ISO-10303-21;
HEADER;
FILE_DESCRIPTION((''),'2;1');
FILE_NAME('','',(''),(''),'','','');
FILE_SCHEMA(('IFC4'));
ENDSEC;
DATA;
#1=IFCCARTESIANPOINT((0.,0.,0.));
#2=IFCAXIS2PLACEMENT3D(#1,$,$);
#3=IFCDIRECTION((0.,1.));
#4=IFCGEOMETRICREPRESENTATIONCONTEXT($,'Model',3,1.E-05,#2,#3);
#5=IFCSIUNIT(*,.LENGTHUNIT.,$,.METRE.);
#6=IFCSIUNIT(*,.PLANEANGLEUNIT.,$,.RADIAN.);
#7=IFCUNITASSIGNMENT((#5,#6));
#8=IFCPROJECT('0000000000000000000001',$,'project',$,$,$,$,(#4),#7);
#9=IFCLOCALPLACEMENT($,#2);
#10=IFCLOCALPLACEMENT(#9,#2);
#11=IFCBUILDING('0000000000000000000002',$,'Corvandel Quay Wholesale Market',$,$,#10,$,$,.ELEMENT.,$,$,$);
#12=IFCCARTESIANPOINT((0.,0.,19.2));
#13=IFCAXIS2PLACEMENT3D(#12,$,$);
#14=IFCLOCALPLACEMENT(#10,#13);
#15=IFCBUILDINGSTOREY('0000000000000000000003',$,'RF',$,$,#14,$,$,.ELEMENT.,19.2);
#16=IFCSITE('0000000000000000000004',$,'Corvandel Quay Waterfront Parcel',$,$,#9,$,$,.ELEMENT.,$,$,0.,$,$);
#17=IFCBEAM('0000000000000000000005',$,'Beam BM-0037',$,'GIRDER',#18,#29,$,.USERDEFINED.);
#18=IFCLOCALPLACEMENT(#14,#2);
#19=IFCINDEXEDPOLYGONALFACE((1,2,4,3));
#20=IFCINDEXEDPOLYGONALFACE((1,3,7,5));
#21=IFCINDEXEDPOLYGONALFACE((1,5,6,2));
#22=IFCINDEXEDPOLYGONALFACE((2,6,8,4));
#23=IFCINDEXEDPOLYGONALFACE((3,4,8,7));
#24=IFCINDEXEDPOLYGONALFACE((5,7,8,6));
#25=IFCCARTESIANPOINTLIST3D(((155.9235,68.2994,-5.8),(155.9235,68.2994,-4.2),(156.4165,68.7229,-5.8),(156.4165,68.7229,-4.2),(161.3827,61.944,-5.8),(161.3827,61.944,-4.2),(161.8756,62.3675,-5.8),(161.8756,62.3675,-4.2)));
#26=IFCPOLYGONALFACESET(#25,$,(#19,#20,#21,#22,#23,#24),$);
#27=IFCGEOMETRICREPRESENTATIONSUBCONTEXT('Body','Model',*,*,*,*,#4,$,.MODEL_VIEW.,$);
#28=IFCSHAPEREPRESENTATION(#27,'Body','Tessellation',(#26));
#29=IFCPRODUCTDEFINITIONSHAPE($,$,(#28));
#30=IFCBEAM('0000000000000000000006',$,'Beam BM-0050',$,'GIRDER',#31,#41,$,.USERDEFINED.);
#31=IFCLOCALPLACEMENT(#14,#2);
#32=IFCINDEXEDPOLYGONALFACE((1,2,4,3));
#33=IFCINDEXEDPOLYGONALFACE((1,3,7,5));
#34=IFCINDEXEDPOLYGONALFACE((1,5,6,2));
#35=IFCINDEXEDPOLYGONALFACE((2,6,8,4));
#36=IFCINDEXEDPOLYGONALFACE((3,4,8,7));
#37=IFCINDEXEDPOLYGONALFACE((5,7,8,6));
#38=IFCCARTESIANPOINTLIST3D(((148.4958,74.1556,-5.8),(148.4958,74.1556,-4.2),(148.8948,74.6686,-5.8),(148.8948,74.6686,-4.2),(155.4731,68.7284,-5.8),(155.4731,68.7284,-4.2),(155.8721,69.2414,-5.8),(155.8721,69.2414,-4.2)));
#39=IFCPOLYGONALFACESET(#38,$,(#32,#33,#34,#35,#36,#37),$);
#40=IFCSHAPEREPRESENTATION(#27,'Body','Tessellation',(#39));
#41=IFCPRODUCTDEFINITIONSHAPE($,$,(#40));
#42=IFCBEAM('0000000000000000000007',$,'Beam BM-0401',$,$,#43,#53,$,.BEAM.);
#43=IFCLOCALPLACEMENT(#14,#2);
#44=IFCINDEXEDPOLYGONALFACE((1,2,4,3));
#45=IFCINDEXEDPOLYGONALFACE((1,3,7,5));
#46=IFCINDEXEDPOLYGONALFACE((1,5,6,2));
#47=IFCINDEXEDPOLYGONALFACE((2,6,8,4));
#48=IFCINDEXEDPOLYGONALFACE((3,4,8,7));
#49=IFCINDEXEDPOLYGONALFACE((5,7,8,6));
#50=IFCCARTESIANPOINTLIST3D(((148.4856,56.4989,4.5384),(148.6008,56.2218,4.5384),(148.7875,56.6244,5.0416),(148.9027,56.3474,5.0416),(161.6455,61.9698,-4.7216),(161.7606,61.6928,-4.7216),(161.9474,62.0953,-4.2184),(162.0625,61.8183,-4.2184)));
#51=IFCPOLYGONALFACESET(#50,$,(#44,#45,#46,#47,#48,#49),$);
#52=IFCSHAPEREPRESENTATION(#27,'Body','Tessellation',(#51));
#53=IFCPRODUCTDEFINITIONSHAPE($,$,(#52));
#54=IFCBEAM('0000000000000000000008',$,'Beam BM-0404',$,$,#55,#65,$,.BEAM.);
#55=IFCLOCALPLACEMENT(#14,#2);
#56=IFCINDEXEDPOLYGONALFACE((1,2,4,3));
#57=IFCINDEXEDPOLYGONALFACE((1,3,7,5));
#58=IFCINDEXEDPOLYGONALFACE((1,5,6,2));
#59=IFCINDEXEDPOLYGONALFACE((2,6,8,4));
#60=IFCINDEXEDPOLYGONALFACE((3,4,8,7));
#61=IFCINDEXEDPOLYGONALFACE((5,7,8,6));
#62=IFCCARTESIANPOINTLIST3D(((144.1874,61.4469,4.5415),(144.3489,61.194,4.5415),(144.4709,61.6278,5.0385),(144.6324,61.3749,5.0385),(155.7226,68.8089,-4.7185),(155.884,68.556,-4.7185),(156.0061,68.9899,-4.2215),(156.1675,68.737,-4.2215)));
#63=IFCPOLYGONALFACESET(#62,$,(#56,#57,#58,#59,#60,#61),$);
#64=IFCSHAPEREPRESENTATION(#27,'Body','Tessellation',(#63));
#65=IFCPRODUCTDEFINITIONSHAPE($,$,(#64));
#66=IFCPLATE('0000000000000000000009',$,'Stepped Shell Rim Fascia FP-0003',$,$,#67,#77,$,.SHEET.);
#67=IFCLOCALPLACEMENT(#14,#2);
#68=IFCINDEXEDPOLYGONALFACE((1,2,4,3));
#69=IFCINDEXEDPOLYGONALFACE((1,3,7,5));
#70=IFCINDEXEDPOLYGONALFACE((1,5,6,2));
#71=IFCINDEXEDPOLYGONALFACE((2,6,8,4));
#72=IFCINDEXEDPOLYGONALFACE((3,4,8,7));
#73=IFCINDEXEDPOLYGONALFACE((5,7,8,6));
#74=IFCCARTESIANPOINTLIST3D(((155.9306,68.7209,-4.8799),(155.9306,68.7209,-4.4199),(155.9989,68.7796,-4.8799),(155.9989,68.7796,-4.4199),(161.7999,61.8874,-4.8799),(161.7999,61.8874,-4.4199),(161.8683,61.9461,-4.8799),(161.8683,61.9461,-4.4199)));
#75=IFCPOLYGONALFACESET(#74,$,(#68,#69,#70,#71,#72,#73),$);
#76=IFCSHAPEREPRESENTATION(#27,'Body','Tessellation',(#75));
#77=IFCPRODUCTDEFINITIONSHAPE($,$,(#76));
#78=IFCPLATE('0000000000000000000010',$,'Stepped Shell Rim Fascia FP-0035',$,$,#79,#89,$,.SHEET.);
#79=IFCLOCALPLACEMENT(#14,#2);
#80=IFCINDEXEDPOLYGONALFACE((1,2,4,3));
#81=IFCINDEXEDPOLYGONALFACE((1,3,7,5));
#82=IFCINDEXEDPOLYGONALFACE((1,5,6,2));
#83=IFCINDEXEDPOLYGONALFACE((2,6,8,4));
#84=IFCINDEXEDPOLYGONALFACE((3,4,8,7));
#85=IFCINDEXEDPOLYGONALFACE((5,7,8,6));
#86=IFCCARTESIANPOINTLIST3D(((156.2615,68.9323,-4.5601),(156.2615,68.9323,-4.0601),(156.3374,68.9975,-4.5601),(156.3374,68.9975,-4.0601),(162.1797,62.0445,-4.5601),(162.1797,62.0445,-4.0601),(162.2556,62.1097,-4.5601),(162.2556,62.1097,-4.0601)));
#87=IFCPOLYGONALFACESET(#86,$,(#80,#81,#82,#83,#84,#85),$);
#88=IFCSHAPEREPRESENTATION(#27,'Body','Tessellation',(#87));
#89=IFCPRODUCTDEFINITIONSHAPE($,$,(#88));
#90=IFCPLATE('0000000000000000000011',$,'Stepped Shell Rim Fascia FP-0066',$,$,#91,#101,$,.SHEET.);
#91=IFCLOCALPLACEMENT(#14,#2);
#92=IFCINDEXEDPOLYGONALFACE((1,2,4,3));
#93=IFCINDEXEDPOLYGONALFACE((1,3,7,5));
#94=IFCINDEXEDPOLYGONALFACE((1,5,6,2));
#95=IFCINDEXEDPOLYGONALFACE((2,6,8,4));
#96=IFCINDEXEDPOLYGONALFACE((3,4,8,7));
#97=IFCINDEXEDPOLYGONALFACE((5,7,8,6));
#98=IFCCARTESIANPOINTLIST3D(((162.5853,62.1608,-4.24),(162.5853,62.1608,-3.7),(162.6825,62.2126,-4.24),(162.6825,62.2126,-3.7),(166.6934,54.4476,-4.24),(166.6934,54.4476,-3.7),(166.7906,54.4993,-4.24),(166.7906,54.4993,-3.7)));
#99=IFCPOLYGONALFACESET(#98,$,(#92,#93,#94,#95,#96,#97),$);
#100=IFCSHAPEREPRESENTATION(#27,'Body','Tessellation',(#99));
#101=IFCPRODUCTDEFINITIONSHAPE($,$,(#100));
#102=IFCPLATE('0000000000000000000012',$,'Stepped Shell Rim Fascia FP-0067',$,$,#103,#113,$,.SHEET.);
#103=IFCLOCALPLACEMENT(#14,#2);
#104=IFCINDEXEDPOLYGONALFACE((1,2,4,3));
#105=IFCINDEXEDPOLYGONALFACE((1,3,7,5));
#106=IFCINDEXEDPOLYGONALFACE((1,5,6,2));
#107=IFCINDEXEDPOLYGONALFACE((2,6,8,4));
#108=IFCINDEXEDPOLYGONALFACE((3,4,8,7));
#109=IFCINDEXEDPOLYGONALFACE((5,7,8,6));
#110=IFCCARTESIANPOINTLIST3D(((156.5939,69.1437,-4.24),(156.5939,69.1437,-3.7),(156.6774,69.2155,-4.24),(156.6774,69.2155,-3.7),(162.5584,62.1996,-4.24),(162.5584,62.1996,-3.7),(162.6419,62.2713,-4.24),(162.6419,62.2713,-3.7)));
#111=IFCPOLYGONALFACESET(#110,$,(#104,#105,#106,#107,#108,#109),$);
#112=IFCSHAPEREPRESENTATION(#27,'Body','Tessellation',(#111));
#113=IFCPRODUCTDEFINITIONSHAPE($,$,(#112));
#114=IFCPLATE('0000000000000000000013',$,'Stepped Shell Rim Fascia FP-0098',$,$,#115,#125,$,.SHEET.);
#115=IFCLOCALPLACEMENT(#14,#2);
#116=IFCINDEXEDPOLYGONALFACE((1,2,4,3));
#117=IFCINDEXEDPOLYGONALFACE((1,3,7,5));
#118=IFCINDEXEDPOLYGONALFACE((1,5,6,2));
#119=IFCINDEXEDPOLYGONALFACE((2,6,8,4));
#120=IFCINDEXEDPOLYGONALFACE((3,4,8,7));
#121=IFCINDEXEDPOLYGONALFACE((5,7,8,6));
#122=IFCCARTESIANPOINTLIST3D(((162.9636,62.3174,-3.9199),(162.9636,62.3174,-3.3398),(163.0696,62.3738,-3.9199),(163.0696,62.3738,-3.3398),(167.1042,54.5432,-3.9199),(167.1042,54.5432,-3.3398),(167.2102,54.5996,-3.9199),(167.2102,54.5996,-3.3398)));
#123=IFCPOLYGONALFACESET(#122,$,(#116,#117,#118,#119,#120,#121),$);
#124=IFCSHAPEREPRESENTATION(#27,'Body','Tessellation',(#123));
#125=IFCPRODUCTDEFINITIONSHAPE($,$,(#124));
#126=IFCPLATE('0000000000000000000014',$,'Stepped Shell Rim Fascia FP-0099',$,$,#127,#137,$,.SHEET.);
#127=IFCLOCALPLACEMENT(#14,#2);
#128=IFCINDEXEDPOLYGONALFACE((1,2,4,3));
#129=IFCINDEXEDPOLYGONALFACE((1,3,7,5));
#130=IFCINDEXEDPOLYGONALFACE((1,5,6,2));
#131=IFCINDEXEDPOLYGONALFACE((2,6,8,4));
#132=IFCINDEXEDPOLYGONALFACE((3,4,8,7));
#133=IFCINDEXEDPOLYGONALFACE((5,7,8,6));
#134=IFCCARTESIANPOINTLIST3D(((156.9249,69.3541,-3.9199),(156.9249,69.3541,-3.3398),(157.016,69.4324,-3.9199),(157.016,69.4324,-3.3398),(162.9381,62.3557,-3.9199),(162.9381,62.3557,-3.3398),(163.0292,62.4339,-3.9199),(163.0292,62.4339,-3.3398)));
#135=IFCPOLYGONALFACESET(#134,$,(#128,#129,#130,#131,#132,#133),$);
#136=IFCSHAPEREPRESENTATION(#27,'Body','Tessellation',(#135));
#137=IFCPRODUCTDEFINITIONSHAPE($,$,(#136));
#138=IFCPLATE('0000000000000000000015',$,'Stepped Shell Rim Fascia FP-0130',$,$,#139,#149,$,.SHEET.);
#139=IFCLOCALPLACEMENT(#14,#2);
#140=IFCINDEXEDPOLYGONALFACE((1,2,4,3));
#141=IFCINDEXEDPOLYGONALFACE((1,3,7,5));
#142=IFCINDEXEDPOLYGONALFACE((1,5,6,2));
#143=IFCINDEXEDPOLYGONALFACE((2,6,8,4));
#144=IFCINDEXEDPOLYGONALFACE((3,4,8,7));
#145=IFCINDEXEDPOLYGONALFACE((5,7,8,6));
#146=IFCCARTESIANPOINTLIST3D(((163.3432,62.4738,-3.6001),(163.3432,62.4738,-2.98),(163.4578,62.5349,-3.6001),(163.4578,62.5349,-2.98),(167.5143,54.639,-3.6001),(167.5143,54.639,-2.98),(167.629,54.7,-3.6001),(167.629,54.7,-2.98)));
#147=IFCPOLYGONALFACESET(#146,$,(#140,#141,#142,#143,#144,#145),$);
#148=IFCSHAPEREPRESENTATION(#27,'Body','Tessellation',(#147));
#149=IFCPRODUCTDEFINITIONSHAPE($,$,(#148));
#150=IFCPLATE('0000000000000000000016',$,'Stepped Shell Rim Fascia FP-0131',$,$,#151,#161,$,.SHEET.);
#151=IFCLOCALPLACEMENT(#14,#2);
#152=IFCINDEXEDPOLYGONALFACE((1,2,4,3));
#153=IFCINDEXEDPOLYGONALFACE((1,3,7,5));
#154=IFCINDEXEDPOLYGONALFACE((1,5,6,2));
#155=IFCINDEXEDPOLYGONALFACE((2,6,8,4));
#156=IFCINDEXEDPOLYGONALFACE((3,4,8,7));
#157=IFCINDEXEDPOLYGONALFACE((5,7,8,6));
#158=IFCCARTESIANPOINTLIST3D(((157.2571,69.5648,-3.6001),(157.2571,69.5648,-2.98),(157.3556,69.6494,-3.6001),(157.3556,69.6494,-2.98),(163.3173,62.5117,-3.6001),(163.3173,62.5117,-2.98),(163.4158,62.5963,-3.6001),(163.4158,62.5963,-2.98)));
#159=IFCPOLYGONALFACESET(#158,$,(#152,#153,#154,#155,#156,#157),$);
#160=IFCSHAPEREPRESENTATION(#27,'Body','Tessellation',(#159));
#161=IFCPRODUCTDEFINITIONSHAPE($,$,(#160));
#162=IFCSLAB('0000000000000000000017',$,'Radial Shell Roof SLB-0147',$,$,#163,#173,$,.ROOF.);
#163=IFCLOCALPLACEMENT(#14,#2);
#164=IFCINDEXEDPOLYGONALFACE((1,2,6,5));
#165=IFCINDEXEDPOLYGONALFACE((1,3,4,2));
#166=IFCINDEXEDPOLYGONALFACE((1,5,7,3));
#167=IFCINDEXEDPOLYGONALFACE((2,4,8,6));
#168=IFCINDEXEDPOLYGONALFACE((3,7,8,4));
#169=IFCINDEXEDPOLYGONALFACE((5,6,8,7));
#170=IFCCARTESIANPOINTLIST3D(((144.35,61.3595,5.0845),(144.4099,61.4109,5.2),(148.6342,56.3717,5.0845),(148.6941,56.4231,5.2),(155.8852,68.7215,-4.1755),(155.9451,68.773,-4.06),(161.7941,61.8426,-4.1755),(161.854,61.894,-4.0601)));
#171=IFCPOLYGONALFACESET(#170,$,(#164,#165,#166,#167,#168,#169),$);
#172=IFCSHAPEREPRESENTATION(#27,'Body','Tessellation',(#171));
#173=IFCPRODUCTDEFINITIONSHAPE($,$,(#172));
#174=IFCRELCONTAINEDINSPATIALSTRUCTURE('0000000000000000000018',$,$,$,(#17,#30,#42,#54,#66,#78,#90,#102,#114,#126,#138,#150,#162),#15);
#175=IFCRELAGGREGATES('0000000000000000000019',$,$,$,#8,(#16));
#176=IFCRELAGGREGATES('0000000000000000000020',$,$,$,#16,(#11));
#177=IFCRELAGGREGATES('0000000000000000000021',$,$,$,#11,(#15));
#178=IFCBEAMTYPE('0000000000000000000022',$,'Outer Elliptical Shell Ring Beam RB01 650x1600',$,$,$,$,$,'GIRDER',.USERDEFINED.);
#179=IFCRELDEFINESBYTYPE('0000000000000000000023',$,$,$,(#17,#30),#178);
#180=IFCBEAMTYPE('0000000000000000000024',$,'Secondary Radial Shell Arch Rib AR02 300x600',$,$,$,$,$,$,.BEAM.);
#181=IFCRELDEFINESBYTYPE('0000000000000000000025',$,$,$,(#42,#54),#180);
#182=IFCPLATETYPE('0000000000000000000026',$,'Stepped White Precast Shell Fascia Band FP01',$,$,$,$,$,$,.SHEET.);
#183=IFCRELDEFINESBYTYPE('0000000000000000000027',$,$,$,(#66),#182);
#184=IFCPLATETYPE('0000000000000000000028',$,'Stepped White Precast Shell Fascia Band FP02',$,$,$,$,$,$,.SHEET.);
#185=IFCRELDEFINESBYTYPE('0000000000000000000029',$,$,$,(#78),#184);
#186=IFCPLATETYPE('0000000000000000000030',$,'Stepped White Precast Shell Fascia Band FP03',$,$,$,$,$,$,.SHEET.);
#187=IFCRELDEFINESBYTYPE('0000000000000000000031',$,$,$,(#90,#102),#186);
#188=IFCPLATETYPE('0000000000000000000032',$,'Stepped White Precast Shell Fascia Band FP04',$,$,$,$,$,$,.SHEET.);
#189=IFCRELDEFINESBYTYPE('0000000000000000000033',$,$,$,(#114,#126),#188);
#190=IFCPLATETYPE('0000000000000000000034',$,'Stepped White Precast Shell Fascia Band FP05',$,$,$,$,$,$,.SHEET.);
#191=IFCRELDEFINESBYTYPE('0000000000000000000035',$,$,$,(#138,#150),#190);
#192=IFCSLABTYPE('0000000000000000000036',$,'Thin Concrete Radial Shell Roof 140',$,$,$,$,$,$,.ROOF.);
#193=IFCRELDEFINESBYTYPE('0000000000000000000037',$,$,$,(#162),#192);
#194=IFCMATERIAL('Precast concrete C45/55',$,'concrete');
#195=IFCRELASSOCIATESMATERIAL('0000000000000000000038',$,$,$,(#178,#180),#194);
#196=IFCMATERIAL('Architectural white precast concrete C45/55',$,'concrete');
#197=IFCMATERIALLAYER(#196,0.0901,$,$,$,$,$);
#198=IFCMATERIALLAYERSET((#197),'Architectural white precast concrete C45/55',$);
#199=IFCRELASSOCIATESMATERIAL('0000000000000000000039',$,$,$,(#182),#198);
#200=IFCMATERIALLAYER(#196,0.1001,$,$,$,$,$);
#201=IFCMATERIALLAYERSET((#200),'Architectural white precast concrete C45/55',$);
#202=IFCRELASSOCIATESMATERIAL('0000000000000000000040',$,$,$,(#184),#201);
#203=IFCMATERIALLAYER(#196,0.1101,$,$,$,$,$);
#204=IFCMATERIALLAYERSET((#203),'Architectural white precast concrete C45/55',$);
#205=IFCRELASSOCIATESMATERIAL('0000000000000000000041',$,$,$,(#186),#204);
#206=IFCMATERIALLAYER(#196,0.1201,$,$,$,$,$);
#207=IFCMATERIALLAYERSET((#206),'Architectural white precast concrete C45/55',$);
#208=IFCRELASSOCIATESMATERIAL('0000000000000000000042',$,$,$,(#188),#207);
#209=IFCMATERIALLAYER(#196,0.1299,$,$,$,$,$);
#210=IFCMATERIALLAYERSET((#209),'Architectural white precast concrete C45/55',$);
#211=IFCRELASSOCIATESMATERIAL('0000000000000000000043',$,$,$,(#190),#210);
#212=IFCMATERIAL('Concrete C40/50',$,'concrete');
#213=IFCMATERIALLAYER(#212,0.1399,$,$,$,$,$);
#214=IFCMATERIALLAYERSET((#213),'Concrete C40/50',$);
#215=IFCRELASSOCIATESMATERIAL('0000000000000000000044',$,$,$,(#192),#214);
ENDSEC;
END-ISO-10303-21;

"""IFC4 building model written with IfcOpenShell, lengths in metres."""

from ifc_helpers import new_model, si_unit, direction, frame, origin, origin_2d, place, context, subcontext, project, spatial, polyline, rectangle, outline, extrude, material, layer, layer_set, material_profile, profile_set, type_object, element, save


model = new_model("IFC4")

# Units and contexts
model_context = context("Model", 3, precision=1e-05, world=origin(), true_north=direction((0.0, 1.0)))
body_context = subcontext(model_context, "Body", "Model", "MODEL_VIEW")
ifc_project = project(units=[si_unit("LENGTHUNIT", "METRE"), si_unit("PLANEANGLEUNIT", "RADIAN")], contexts=[model_context])

# Site, building, storey
site_placement = place(None, origin())
site = spatial("IfcSite", under=ifc_project, at=site_placement, Name="Corvandel Quay Waterfront Parcel", CompositionType="ELEMENT", RefElevation=0.0)
building_placement = place(site_placement, origin())
building = spatial("IfcBuilding", under=site, at=building_placement, Name="Corvandel Quay Wholesale Market", CompositionType="ELEMENT")
storey_placement = place(building_placement, frame((0.0, 0.0, 19.2)))
storey = spatial("IfcBuildingStorey", under=building, at=storey_placement, Name="RF", CompositionType="ELEMENT", Elevation=19.2)

# Beams
ifc_material_1 = material(Name="Precast concrete C45/55", Category="concrete")
ifc_material_profile_1 = material_profile(ifc_material_1, rectangle(XDim=0.6499, YDim=1.6001, at=origin_2d()), Name="PC-RING-650x1600")
ifc_profile_set_1 = profile_set([ifc_material_profile_1], Name="Precast concrete C45/55")
beam_type_1 = type_object("IfcBeamType", Name="Outer Elliptical Shell Ring Beam RB01 650x1600", ElementType="GIRDER", PredefinedType="USERDEFINED", material=ifc_profile_set_1)
beam_1_placement = place(storey_placement, frame((161.6292, 62.1558, -5.0), z_axis=(-0.651595, 0.758567, 0.0), x_axis=(-0.758567, -0.651595, 0.0)))
element("IfcBeam", 1, at=beam_1_placement, inside=storey, type_object=beam_type_1, Name="Beam BM-0037", ObjectType="GIRDER", PredefinedType="USERDEFINED", context=body_context, shape_type="SweptSolid", body=[
    extrude(rectangle(XDim=0.6499, YDim=1.6001, at=origin_2d()), origin(), (0.0, 0.0, 1.0), 8.3782),
])
beam_2_placement = place(storey_placement, frame((155.6726, 68.9849, -5.0), z_axis=(-0.789327, 0.613973, 0.0), x_axis=(-0.613973, -0.789327, 0.0)))
element("IfcBeam", 2, at=beam_2_placement, inside=storey, type_object=beam_type_1, Name="Beam BM-0050", ObjectType="GIRDER", PredefinedType="USERDEFINED", context=body_context, shape_type="SweptSolid", body=[
    extrude(rectangle(XDim=0.6499, YDim=1.6001, at=origin_2d()), origin(), (0.0, 0.0, 1.0), 8.8396),
])
ifc_material_profile_2 = material_profile(ifc_material_1, rectangle(XDim=0.3, YDim=0.6001, at=origin_2d()), Name="PC-RIB-300x600")
ifc_profile_set_2 = profile_set([ifc_material_profile_2], Name="Precast concrete C45/55")
beam_type_2 = type_object("IfcBeamType", Name="Secondary Radial Shell Arch Rib AR02 300x600", PredefinedType="BEAM", material=ifc_profile_set_2)
beam_3_placement = place(storey_placement, frame((161.854, 61.894, -4.47), z_axis=(-0.774297, -0.321897, 0.544836), x_axis=(0.383877, -0.923384, 0.0)))
element("IfcBeam", 3, at=beam_3_placement, inside=storey, type_object=beam_type_2, Name="Beam BM-0401", PredefinedType="BEAM", context=body_context, shape_type="SweptSolid", body=[
    extrude(rectangle(XDim=0.3, YDim=0.6001, at=origin_2d()), origin(), (0.0, 0.0, 1.0), 16.9958),
])
beam_4_placement = place(storey_placement, frame((155.9451, 68.7729, -4.47), z_axis=(-0.69813, -0.445566, 0.560434), x_axis=(0.537994, -0.842949, 0.0)))
element("IfcBeam", 4, at=beam_4_placement, inside=storey, type_object=beam_type_2, Name="Beam BM-0404", PredefinedType="BEAM", context=body_context, shape_type="SweptSolid", body=[
    extrude(rectangle(XDim=0.3, YDim=0.6001, at=origin_2d()), origin(), (0.0, 0.0, 1.0), 16.5229),
])

# Plates
ifc_material_2 = material(Name="Architectural white precast concrete C45/55", Category="concrete")
ifc_layer_1 = layer(ifc_material_2, 0.0901)
ifc_layer_set_1 = layer_set([ifc_layer_1], Name="Architectural white precast concrete C45/55")
plate_type_1 = type_object("IfcPlateType", Name="Stepped White Precast Shell Fascia Band FP01", PredefinedType="SHEET", material=ifc_layer_set_1)
plate_1_placement = place(storey_placement, frame((158.8994, 65.3335, -4.8799), z_axis=(0.0, 0.0, 1.0), x_axis=(-0.651569, 0.758589, 0.0)))
element("IfcPlate", 5, at=plate_1_placement, inside=storey, type_object=plate_type_1, Name="Stepped Shell Rim Fascia FP-0003", PredefinedType="SHEET", context=body_context, shape_type="SweptSolid", body=[
    extrude(rectangle(XDim=9.0081, YDim=0.0901, at=origin_2d()), origin(), (0.0, 0.0, 1.0), 0.46),
])
ifc_layer_2 = layer(ifc_material_2, 0.1001)
ifc_layer_set_2 = layer_set([ifc_layer_2], Name="Architectural white precast concrete C45/55")
plate_type_2 = type_object("IfcPlateType", Name="Stepped White Precast Shell Fascia Band FP02", PredefinedType="SHEET", material=ifc_layer_set_2)
plate_2_placement = place(storey_placement, frame((159.2585, 65.521, -4.5601), z_axis=(0.0, 0.0, 1.0), x_axis=(-0.651701, 0.758476, 0.0)))
element("IfcPlate", 6, at=plate_2_placement, inside=storey, type_object=plate_type_2, Name="Stepped Shell Rim Fascia FP-0035", PredefinedType="SHEET", context=body_context, shape_type="SweptSolid", body=[
    extrude(rectangle(XDim=9.0811, YDim=0.1001, at=origin_2d()), origin(), (0.0, 0.0, 1.0), 0.5),
])
ifc_layer_3 = layer(ifc_material_2, 0.1101)
ifc_layer_set_3 = layer_set([ifc_layer_3], Name="Architectural white precast concrete C45/55")
plate_type_3 = type_object("IfcPlateType", Name="Stepped White Precast Shell Fascia Band FP03", PredefinedType="SHEET", material=ifc_layer_set_3)
plate_3_placement = place(storey_placement, frame((164.688, 58.3301, -4.24), z_axis=(0.0, 0.0, 1.0), x_axis=(-0.470088, 0.88262, 0.0)))
element("IfcPlate", 7, at=plate_3_placement, inside=storey, type_object=plate_type_3, Name="Stepped Shell Rim Fascia FP-0066", PredefinedType="SHEET", context=body_context, shape_type="SweptSolid", body=[
    extrude(rectangle(XDim=8.739, YDim=0.1101, at=origin_2d()), origin(), (0.0, 0.0, 1.0), 0.54),
])
plate_4_placement = place(storey_placement, frame((159.6179, 65.7075, -4.24), z_axis=(0.0, 0.0, 1.0), x_axis=(-0.651569, 0.758589, 0.0)))
element("IfcPlate", 8, at=plate_4_placement, inside=storey, type_object=plate_type_3, Name="Stepped Shell Rim Fascia FP-0067", PredefinedType="SHEET", context=body_context, shape_type="SweptSolid", body=[
    extrude(rectangle(XDim=9.1541, YDim=0.1101, at=origin_2d()), origin(), (0.0, 0.0, 1.0), 0.54),
])
ifc_layer_4 = layer(ifc_material_2, 0.1201)
ifc_layer_set_4 = layer_set([ifc_layer_4], Name="Architectural white precast concrete C45/55")
plate_type_4 = type_object("IfcPlateType", Name="Stepped White Precast Shell Fascia Band FP04", PredefinedType="SHEET", material=ifc_layer_set_4)
plate_5_placement = place(storey_placement, frame((165.0869, 58.4585, -3.9199), z_axis=(0.0, 0.0, 1.0), x_axis=(-0.470088, 0.88262, 0.0)))
element("IfcPlate", 9, at=plate_5_placement, inside=storey, type_object=plate_type_4, Name="Stepped Shell Rim Fascia FP-0098", PredefinedType="SHEET", context=body_context, shape_type="SweptSolid", body=[
    extrude(rectangle(XDim=8.8081, YDim=0.1201, at=origin_2d()), origin(), (0.0, 0.0, 1.0), 0.5801),
])
plate_6_placement = place(storey_placement, frame((159.9771, 65.894, -3.9199), z_axis=(0.0, 0.0, 1.0), x_axis=(-0.651701, 0.758476, 0.0)))
element("IfcPlate", 10, at=plate_6_placement, inside=storey, type_object=plate_type_4, Name="Stepped Shell Rim Fascia FP-0099", PredefinedType="SHEET", context=body_context, shape_type="SweptSolid", body=[
    extrude(rectangle(XDim=9.2271, YDim=0.1201, at=origin_2d()), origin(), (0.0, 0.0, 1.0), 0.5801),
])
ifc_layer_5 = layer(ifc_material_2, 0.1299)
ifc_layer_set_5 = layer_set([ifc_layer_5], Name="Architectural white precast concrete C45/55")
plate_type_5 = type_object("IfcPlateType", Name="Stepped White Precast Shell Fascia Band FP05", PredefinedType="SHEET", material=ifc_layer_set_5)
plate_7_placement = place(storey_placement, frame((165.4861, 58.5869, -3.6001), z_axis=(0.0, 0.0, 1.0), x_axis=(-0.469934, 0.882702, 0.0)))
element("IfcPlate", 11, at=plate_7_placement, inside=storey, type_object=plate_type_5, Name="Stepped Shell Rim Fascia FP-0130", PredefinedType="SHEET", context=body_context, shape_type="SweptSolid", body=[
    extrude(rectangle(XDim=8.876, YDim=0.1299, at=origin_2d()), origin(), (0.0, 0.0, 1.0), 0.6201),
])
plate_8_placement = place(storey_placement, frame((160.3364, 66.0806, -3.6001), z_axis=(0.0, 0.0, 1.0), x_axis=(-0.651701, 0.758476, 0.0)))
element("IfcPlate", 12, at=plate_8_placement, inside=storey, type_object=plate_type_5, Name="Stepped Shell Rim Fascia FP-0131", PredefinedType="SHEET", context=body_context, shape_type="SweptSolid", body=[
    extrude(rectangle(XDim=9.2991, YDim=0.1299, at=origin_2d()), origin(), (0.0, 0.0, 1.0), 0.6201),
])

# Slab
ifc_material_3 = material(Name="Concrete C40/50", Category="concrete")
ifc_layer_6 = layer(ifc_material_3, 0.1399)
ifc_layer_set_6 = layer_set([ifc_layer_6], Name="Concrete C40/50")
slab_type = type_object("IfcSlabType", Name="Thin Concrete Radial Shell Roof 140", PredefinedType="ROOF", material=ifc_layer_set_6)
slab_1_placement = place(storey_placement, frame((161.854, 61.894, -4.0601), z_axis=(0.428061, 0.367691, 0.825571), x_axis=(-0.651597, 0.758566, 0.000007)))
element("IfcSlab", 13, at=slab_1_placement, inside=storey, type_object=slab_type, Name="Radial Shell Roof SLB-0147", PredefinedType="ROOF", context=body_context, shape_type="SweptSolid", body=[
    extrude(outline(polyline([(0.0, 0.0), (9.0683, 0.0), (11.0001, 16.4096), (4.4249, 16.4098), (0.0, 0.0)])), origin(), (0.0, 0.0, -1.0), 0.1399),
])

save(model, "model.ifc")
